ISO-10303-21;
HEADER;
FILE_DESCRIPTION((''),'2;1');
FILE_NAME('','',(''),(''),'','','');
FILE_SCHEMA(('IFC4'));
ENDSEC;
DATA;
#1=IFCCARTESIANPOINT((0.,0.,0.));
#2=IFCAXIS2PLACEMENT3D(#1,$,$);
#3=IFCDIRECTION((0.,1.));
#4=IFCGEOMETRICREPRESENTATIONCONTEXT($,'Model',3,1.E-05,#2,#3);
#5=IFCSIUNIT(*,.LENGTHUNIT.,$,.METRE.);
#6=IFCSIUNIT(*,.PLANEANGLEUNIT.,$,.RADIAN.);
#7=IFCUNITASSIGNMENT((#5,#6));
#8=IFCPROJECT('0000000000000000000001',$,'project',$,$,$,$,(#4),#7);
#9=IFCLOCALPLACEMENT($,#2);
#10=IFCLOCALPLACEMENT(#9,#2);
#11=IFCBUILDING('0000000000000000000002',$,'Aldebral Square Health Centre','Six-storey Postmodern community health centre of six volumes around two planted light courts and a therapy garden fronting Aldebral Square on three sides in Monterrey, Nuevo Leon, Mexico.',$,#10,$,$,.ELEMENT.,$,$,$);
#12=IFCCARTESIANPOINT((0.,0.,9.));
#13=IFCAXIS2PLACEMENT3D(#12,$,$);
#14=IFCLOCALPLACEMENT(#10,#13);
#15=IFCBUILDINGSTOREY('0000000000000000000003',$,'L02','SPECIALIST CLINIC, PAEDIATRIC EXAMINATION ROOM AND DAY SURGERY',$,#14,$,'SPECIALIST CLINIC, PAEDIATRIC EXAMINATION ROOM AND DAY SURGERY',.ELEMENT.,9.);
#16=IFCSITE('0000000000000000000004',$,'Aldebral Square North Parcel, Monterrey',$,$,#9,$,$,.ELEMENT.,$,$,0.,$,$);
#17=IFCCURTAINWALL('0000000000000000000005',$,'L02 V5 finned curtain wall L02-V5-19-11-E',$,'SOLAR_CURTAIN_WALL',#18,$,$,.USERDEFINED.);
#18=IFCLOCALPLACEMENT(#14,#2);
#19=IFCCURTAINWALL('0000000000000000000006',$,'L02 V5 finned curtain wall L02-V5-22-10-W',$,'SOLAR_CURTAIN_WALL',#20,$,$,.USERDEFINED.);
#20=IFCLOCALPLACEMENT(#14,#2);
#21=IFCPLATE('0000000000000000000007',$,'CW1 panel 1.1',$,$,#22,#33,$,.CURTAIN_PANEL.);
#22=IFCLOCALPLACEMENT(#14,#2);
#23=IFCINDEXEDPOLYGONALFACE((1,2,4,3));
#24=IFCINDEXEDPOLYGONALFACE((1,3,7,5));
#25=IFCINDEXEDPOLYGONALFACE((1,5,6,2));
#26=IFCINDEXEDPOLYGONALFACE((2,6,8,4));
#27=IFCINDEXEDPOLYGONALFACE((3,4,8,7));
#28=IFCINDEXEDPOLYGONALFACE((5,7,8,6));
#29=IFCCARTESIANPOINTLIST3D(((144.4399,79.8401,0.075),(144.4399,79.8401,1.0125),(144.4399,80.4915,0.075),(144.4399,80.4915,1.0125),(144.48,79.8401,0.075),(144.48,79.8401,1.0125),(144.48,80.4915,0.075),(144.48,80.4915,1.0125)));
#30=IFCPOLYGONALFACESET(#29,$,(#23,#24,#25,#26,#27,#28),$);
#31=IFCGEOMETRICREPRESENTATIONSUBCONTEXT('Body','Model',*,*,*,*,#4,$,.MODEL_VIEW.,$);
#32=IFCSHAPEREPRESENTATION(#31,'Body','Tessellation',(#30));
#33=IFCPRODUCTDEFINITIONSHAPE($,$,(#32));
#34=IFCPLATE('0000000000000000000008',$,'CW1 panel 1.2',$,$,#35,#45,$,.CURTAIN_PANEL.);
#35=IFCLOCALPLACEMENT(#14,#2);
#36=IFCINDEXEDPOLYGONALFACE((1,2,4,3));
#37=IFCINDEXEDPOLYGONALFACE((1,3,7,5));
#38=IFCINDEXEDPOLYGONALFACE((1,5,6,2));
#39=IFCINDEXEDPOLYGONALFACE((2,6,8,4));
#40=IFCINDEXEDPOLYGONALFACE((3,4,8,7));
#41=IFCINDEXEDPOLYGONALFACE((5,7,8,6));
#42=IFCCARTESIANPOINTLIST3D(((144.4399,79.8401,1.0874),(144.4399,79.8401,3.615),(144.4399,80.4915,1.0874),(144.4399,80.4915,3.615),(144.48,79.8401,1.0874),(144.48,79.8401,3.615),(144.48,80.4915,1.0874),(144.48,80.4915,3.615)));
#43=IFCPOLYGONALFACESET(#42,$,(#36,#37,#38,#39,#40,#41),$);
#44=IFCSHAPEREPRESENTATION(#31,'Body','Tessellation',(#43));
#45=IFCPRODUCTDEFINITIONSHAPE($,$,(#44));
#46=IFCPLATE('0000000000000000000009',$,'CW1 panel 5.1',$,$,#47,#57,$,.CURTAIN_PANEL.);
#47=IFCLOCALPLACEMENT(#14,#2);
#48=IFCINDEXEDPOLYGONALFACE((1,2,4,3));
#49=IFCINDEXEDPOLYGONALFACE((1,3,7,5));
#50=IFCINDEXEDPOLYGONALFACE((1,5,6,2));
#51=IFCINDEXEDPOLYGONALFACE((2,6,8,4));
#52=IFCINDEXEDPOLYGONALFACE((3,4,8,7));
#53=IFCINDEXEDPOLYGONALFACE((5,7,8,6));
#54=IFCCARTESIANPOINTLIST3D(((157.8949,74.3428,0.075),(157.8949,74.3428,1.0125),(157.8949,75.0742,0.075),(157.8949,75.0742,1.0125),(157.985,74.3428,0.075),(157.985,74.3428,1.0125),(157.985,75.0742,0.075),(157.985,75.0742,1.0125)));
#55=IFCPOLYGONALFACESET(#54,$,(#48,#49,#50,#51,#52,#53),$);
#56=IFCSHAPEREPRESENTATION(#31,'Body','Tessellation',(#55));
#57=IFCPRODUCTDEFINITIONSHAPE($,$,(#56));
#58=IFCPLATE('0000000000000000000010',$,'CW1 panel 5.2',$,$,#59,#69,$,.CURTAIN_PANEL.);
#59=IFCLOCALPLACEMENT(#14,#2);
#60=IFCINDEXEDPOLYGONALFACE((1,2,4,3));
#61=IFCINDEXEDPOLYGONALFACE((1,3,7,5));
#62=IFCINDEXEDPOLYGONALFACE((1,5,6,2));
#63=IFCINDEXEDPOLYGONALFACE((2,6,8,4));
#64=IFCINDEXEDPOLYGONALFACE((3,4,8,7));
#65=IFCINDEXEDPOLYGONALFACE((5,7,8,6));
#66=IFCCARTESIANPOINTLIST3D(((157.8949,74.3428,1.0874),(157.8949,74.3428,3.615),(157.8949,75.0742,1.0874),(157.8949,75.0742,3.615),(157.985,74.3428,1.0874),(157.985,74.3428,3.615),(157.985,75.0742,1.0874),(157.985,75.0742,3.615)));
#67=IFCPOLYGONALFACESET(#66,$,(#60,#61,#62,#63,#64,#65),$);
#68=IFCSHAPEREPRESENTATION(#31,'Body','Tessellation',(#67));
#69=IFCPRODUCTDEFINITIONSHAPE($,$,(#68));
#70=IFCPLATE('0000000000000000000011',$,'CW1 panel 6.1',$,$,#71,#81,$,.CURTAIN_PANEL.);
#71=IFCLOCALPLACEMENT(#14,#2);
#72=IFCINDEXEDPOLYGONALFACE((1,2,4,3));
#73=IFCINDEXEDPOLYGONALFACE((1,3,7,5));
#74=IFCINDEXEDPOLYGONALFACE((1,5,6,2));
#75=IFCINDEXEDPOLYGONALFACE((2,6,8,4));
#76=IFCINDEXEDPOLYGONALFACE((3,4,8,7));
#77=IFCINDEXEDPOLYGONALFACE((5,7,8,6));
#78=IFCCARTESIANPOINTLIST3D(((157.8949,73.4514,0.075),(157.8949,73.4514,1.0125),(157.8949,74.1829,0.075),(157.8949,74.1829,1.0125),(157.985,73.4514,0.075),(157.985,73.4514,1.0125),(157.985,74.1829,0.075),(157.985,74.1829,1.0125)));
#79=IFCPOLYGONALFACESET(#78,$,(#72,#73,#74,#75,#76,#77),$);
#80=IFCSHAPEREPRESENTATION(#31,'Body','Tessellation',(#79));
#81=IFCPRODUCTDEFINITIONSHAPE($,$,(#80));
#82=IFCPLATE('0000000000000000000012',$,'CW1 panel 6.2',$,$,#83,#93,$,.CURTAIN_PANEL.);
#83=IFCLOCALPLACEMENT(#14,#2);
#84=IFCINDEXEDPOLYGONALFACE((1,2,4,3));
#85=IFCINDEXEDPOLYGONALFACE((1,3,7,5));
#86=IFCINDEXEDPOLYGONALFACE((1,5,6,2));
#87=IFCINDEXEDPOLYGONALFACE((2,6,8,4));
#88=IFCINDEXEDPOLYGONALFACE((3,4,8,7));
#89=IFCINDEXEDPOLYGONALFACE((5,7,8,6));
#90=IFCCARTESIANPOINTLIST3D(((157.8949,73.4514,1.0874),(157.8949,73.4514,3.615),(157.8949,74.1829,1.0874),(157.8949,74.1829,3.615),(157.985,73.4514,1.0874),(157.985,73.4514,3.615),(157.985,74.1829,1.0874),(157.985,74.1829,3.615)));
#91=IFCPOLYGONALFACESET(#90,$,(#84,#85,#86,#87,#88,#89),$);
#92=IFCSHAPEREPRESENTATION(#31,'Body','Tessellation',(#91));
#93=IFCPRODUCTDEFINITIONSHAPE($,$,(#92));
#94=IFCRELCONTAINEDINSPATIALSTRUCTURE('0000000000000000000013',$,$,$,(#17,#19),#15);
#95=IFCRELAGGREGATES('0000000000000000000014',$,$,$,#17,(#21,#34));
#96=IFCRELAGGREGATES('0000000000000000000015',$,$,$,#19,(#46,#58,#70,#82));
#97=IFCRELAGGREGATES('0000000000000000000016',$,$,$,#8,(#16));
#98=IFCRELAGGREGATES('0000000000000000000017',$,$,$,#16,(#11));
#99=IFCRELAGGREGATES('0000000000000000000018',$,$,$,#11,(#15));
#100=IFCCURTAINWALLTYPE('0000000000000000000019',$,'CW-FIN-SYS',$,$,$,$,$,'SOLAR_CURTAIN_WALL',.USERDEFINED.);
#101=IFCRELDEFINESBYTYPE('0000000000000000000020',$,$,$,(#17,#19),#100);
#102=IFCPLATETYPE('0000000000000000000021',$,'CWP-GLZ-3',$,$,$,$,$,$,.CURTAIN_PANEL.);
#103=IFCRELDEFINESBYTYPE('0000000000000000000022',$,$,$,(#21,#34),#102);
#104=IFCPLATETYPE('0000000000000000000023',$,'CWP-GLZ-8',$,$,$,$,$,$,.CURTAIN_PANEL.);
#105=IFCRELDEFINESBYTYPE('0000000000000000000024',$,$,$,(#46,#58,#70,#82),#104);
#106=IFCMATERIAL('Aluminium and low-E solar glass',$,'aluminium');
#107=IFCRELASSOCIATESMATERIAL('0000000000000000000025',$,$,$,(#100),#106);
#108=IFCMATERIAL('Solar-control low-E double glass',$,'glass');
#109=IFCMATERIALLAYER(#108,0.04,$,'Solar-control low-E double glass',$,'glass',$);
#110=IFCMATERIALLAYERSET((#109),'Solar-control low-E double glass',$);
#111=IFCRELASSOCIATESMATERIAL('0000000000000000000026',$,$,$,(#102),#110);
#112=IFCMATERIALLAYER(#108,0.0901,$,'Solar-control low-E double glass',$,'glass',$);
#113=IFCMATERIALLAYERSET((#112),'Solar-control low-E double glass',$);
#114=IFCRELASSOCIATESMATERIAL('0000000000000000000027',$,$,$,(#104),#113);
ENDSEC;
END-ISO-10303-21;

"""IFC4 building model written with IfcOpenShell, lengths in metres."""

from ifc_helpers import new_model, si_unit, direction, frame, origin, origin_2d, place, context, subcontext, project, spatial, rectangle, extrude, material, layer, layer_set, type_object, element, aggregate, save


model = new_model("IFC4")

# Units and contexts
model_context = context("Model", 3, precision=1e-05, world=origin(), true_north=direction((0.0, 1.0)))
body_context = subcontext(model_context, "Body", "Model", "MODEL_VIEW")
ifc_project = project(units=[si_unit("LENGTHUNIT", "METRE"), si_unit("PLANEANGLEUNIT", "RADIAN")], contexts=[model_context])

# Site, building, storey
site_placement = place(None, origin())
site = spatial("IfcSite", under=ifc_project, at=site_placement, Name="Aldebral Square North Parcel, Monterrey", CompositionType="ELEMENT", RefElevation=0.0)
building_placement = place(site_placement, origin())
building = spatial("IfcBuilding", under=site, at=building_placement, Name="Aldebral Square Health Centre", Description="Six-storey Postmodern community health centre of six volumes around two planted light courts and a therapy garden fronting Aldebral Square on three sides in Monterrey, Nuevo Leon, Mexico.", CompositionType="ELEMENT")
storey_placement = place(building_placement, frame((0.0, 0.0, 9.0)))
storey = spatial("IfcBuildingStorey", under=building, at=storey_placement, Name="L02", Description="SPECIALIST CLINIC, PAEDIATRIC EXAMINATION ROOM AND DAY SURGERY", LongName="SPECIALIST CLINIC, PAEDIATRIC EXAMINATION ROOM AND DAY SURGERY", CompositionType="ELEMENT", Elevation=9.0)

# Curtain walls
ifc_material_1 = material(Name="Aluminium and low-E solar glass", Category="aluminium")
curtain_wall_type = type_object("IfcCurtainWallType", Name="CW-FIN-SYS", ElementType="SOLAR_CURTAIN_WALL", PredefinedType="USERDEFINED", material=ifc_material_1)
curtain_wall_1_placement = place(storey_placement, origin())
curtain_wall_1 = element("IfcCurtainWall", 1, at=curtain_wall_1_placement, inside=storey, type_object=curtain_wall_type, Name="L02 V5 finned curtain wall L02-V5-19-11-E", ObjectType="SOLAR_CURTAIN_WALL", PredefinedType="USERDEFINED")
curtain_wall_2_placement = place(storey_placement, origin())
curtain_wall_2 = element("IfcCurtainWall", 2, at=curtain_wall_2_placement, inside=storey, type_object=curtain_wall_type, Name="L02 V5 finned curtain wall L02-V5-22-10-W", ObjectType="SOLAR_CURTAIN_WALL", PredefinedType="USERDEFINED")

# Plates
ifc_material_2 = material(Name="Solar-control low-E double glass", Category="glass")
ifc_layer_1 = layer(ifc_material_2, 0.04, Name="Solar-control low-E double glass", Category="glass")
ifc_layer_set_1 = layer_set([ifc_layer_1], Name="Solar-control low-E double glass")
plate_type_1 = type_object("IfcPlateType", Name="CWP-GLZ-3", PredefinedType="CURTAIN_PANEL", material=ifc_layer_set_1)
plate_1_placement = place(storey_placement, frame((144.46, 80.1658, 0.075), z_axis=(0.0, 0.0, 1.0), x_axis=(0.0, 1.0, 0.0)))
plate_1 = element("IfcPlate", 3, at=plate_1_placement, type_object=plate_type_1, Name="CW1 panel 1.1", PredefinedType="CURTAIN_PANEL", context=body_context, shape_type="SweptSolid", body=[
    extrude(rectangle(XDim=0.6514, YDim=0.04, at=origin_2d()), origin(), (0.0, 0.0, 1.0), 0.9375),
])
plate_2_placement = place(storey_placement, frame((144.46, 80.1658, 1.0874), z_axis=(0.0, 0.0, 1.0), x_axis=(0.0, 1.0, 0.0)))
plate_2 = element("IfcPlate", 4, at=plate_2_placement, type_object=plate_type_1, Name="CW1 panel 1.2", PredefinedType="CURTAIN_PANEL", context=body_context, shape_type="SweptSolid", body=[
    extrude(rectangle(XDim=0.6514, YDim=0.04, at=origin_2d()), origin(), (0.0, 0.0, 1.0), 2.5276),
])
aggregate(curtain_wall_1, [plate_1, plate_2])
ifc_layer_2 = layer(ifc_material_2, 0.0901, Name="Solar-control low-E double glass", Category="glass")
ifc_layer_set_2 = layer_set([ifc_layer_2], Name="Solar-control low-E double glass")
plate_type_2 = type_object("IfcPlateType", Name="CWP-GLZ-8", PredefinedType="CURTAIN_PANEL", material=ifc_layer_set_2)
plate_3_placement = place(storey_placement, frame((157.9399, 74.7085, 0.075), z_axis=(0.0, 0.0, 1.0), x_axis=(0.0, -1.0, 0.0)))
plate_3 = element("IfcPlate", 5, at=plate_3_placement, type_object=plate_type_2, Name="CW1 panel 5.1", PredefinedType="CURTAIN_PANEL", context=body_context, shape_type="SweptSolid", body=[
    extrude(rectangle(XDim=0.7314, YDim=0.0901, at=origin_2d()), origin(), (0.0, 0.0, 1.0), 0.9375),
])
plate_4_placement = place(storey_placement, frame((157.9399, 74.7085, 1.0874), z_axis=(0.0, 0.0, 1.0), x_axis=(0.0, -1.0, 0.0)))
plate_4 = element("IfcPlate", 6, at=plate_4_placement, type_object=plate_type_2, Name="CW1 panel 5.2", PredefinedType="CURTAIN_PANEL", context=body_context, shape_type="SweptSolid", body=[
    extrude(rectangle(XDim=0.7314, YDim=0.0901, at=origin_2d()), origin(), (0.0, 0.0, 1.0), 2.5276),
])
plate_5_placement = place(storey_placement, frame((157.9399, 73.8171, 0.075), z_axis=(0.0, 0.0, 1.0), x_axis=(0.0, -1.0, 0.0)))
plate_5 = element("IfcPlate", 7, at=plate_5_placement, type_object=plate_type_2, Name="CW1 panel 6.1", PredefinedType="CURTAIN_PANEL", context=body_context, shape_type="SweptSolid", body=[
    extrude(rectangle(XDim=0.7314, YDim=0.0901, at=origin_2d()), origin(), (0.0, 0.0, 1.0), 0.9375),
])
plate_6_placement = place(storey_placement, frame((157.9399, 73.8171, 1.0874), z_axis=(0.0, 0.0, 1.0), x_axis=(0.0, -1.0, 0.0)))
plate_6 = element("IfcPlate", 8, at=plate_6_placement, type_object=plate_type_2, Name="CW1 panel 6.2", PredefinedType="CURTAIN_PANEL", context=body_context, shape_type="SweptSolid", body=[
    extrude(rectangle(XDim=0.7314, YDim=0.0901, at=origin_2d()), origin(), (0.0, 0.0, 1.0), 2.5276),
])
aggregate(curtain_wall_2, [plate_3, plate_4, plate_5, plate_6])

save(model, "model.ifc")
